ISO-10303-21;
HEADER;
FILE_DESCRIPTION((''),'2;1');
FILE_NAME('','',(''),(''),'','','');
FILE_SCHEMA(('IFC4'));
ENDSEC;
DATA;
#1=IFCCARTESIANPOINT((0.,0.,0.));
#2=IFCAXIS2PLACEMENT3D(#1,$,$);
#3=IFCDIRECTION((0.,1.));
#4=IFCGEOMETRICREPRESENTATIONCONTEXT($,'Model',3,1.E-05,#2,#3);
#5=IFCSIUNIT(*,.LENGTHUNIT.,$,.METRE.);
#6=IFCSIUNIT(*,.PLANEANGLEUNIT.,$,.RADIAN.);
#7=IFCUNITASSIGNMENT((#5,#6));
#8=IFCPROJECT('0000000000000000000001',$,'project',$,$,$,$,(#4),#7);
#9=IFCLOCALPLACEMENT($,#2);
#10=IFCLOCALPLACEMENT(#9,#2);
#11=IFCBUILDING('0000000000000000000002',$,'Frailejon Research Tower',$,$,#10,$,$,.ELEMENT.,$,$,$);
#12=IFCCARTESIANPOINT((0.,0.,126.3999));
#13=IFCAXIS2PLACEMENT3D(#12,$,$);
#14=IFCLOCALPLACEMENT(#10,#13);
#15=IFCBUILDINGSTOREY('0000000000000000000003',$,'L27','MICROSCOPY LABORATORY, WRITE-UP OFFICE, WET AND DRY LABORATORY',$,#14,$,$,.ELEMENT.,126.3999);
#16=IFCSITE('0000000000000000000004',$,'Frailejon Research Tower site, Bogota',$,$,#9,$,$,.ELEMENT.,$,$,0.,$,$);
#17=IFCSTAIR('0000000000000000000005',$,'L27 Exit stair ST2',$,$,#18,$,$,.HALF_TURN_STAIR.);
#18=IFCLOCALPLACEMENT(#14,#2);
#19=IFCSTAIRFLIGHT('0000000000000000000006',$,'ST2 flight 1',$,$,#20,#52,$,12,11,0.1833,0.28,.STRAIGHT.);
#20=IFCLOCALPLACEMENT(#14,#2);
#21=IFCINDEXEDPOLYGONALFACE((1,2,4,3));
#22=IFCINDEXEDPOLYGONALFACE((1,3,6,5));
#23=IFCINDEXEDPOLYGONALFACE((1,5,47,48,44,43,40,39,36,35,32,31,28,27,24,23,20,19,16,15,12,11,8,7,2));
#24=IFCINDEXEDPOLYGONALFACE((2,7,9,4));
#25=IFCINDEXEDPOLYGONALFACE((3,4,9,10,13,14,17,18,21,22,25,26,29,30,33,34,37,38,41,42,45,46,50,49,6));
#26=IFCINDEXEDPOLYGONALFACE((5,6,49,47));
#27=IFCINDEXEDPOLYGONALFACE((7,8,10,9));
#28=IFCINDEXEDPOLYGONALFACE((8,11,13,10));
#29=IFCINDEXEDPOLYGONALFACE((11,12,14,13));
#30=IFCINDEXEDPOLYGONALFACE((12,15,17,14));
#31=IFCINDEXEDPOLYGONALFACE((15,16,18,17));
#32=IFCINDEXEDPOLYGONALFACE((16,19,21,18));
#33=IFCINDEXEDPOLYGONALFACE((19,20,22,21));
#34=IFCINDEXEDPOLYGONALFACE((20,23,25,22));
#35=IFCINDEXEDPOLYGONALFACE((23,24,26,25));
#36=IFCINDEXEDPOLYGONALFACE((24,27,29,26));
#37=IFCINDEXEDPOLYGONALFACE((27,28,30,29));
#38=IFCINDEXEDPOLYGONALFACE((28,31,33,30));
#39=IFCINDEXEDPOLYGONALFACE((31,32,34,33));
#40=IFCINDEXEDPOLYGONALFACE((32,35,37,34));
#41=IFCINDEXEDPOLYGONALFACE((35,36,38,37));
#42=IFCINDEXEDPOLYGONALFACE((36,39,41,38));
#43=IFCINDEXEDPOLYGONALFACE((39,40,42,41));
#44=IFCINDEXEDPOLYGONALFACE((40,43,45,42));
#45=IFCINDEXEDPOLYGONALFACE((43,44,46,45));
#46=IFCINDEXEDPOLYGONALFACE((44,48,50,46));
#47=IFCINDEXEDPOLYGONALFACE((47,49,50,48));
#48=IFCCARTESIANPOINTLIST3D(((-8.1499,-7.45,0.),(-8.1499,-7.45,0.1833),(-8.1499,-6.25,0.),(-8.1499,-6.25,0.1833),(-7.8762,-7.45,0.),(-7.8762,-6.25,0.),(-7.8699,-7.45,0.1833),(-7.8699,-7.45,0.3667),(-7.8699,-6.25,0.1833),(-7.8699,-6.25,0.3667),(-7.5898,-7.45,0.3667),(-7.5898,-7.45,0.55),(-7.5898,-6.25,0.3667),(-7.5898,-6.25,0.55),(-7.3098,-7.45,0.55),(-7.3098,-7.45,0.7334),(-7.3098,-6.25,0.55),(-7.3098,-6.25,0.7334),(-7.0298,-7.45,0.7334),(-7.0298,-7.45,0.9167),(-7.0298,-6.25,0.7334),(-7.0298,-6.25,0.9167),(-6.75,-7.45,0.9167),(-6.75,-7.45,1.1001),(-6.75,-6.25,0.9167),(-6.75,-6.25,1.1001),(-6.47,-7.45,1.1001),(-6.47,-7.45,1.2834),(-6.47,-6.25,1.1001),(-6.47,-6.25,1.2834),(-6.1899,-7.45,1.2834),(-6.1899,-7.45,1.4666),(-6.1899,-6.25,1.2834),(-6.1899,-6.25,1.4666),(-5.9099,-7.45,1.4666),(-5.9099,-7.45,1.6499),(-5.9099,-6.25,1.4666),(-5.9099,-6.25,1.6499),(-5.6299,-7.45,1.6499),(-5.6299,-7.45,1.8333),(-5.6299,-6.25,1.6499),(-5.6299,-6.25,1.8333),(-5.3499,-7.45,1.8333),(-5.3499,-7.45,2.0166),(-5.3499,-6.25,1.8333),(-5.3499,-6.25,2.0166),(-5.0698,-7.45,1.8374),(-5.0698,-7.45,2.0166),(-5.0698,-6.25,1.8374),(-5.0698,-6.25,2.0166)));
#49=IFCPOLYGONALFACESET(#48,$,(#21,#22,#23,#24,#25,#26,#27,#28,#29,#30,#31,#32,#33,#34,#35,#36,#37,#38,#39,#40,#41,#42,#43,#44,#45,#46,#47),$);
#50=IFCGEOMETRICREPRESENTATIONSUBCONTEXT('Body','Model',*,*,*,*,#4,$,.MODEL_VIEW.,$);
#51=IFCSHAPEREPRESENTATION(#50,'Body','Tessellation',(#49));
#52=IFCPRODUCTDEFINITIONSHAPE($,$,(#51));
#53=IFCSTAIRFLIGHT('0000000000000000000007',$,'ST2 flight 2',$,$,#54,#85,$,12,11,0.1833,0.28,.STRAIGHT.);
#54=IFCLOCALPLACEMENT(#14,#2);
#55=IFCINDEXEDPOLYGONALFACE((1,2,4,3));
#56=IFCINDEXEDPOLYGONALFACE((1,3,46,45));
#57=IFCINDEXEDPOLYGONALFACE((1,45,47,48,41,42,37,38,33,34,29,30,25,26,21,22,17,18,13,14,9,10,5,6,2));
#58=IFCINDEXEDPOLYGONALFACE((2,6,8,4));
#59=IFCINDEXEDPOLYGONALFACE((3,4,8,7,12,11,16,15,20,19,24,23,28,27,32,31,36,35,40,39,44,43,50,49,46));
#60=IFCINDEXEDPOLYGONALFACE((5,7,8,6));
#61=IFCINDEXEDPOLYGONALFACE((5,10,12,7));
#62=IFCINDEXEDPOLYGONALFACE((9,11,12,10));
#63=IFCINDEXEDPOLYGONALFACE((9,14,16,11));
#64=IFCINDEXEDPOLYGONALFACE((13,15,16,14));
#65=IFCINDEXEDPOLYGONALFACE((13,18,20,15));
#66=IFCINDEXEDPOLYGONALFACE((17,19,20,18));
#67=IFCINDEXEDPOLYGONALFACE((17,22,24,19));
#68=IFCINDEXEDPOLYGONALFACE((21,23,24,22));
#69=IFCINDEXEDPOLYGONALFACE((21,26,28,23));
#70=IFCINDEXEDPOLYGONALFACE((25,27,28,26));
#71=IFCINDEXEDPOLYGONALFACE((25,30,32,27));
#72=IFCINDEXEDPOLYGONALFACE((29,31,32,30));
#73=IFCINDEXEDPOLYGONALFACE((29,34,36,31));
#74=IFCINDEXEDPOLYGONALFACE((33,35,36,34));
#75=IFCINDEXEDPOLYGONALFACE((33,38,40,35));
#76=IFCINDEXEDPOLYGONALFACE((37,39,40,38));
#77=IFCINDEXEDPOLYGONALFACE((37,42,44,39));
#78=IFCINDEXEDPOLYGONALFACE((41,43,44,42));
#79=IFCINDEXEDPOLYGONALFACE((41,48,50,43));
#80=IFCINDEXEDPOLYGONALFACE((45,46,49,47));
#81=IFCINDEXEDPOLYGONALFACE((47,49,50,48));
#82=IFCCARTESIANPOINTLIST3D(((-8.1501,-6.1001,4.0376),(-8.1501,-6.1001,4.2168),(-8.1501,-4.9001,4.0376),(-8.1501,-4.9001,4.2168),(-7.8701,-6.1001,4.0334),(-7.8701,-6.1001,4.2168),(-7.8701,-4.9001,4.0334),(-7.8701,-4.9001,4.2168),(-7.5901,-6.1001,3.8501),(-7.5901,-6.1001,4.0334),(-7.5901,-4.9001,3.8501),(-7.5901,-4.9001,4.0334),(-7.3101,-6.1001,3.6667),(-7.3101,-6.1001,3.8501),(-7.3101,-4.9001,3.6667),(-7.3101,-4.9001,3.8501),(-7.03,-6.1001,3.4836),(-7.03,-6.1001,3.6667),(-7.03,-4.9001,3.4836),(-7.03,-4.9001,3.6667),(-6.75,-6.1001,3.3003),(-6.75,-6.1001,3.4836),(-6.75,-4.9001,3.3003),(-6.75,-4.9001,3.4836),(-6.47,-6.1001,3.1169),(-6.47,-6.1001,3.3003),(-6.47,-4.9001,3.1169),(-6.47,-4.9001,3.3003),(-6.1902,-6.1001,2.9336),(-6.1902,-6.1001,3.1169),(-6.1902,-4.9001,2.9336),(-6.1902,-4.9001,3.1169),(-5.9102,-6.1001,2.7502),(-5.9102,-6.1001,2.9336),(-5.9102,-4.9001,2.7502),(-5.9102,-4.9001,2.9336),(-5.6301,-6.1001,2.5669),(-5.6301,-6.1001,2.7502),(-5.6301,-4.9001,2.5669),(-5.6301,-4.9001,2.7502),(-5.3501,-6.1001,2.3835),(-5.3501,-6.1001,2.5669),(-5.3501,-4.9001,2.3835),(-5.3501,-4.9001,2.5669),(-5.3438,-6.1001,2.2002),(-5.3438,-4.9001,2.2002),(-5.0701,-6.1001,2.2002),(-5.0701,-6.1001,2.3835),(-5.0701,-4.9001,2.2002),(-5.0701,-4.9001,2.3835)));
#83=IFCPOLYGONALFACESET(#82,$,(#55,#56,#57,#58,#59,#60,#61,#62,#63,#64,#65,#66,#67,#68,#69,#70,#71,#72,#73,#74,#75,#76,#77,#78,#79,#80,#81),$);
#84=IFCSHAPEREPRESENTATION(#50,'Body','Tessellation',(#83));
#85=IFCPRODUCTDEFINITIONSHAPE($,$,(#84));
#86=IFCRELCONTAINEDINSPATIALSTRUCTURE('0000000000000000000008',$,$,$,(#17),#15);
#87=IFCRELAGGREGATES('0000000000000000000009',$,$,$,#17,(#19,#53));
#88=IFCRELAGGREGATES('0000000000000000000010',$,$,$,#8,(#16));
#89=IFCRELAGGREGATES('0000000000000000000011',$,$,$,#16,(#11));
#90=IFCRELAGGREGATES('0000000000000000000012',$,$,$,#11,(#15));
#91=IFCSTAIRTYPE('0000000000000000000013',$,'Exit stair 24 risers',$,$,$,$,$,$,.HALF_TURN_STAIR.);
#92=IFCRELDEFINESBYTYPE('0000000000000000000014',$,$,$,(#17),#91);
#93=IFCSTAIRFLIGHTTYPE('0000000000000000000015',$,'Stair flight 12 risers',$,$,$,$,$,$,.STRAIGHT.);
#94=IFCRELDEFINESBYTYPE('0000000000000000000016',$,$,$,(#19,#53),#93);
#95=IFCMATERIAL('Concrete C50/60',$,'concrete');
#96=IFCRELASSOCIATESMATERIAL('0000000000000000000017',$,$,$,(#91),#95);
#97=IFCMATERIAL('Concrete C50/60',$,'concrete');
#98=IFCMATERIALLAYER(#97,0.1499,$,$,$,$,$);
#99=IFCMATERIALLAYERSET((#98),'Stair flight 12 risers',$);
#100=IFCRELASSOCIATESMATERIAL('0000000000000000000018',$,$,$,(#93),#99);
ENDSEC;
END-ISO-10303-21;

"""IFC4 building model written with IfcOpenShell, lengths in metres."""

from ifc_helpers import new_model, si_unit, direction, frame, origin, place, context, subcontext, project, spatial, polyline, outline, extrude, material, layer, layer_set, type_object, element, aggregate, save


model = new_model("IFC4")

# Units and contexts
model_context = context("Model", 3, precision=1e-05, world=origin(), true_north=direction((0.0, 1.0)))
body_context = subcontext(model_context, "Body", "Model", "MODEL_VIEW")
ifc_project = project(units=[si_unit("LENGTHUNIT", "METRE"), si_unit("PLANEANGLEUNIT", "RADIAN")], contexts=[model_context])

# Site, building, storey
site_placement = place(None, origin())
site = spatial("IfcSite", under=ifc_project, at=site_placement, Name="Frailejon Research Tower site, Bogota", CompositionType="ELEMENT", RefElevation=0.0)
building_placement = place(site_placement, origin())
building = spatial("IfcBuilding", under=site, at=building_placement, Name="Frailejon Research Tower", CompositionType="ELEMENT")
storey_placement = place(building_placement, frame((0.0, 0.0, 126.3999)))
storey = spatial("IfcBuildingStorey", under=building, at=storey_placement, Name="L27", Description="MICROSCOPY LABORATORY, WRITE-UP OFFICE, WET AND DRY LABORATORY", CompositionType="ELEMENT", Elevation=126.3999)

# Stair, stair flights
ifc_material_1 = material(Name="Concrete C50/60", Category="concrete")
stair_type = type_object("IfcStairType", Name="Exit stair 24 risers", PredefinedType="HALF_TURN_STAIR", material=ifc_material_1)
stair_placement = place(storey_placement, origin())
stair = element("IfcStair", 1, at=stair_placement, inside=storey, type_object=stair_type, Name="L27 Exit stair ST2", PredefinedType="HALF_TURN_STAIR")
ifc_material_2 = material(Name="Concrete C50/60", Category="concrete")
ifc_layer_1 = layer(ifc_material_2, 0.1499)
ifc_layer_set_1 = layer_set([ifc_layer_1], Name="Stair flight 12 risers")
stair_flight_type = type_object("IfcStairFlightType", Name="Stair flight 12 risers", PredefinedType="STRAIGHT", material=ifc_layer_set_1)
stair_flight_1_placement = place(storey_placement, frame((-8.1499, -6.8501, 0.0), z_axis=(0.0, 0.0, 1.0), x_axis=(1.0, 0.0, 0.0)))
stair_flight_1 = element("IfcStairFlight", 2, at=stair_flight_1_placement, type_object=stair_flight_type, Name="ST2 flight 1", NumberOfRisers=12, NumberOfTreads=11, PredefinedType="STRAIGHT", RiserHeight=0.1833, TreadLength=0.28, context=body_context, shape_type="SweptSolid", body=[
    extrude(outline(polyline([(0.0, 0.0), (0.0, 0.1833), (0.28, 0.1833), (0.28, 0.3667), (0.5601, 0.3667), (0.5601, 0.55), (0.8401, 0.55), (0.8401, 0.7334), (1.1201, 0.7334), (1.1201, 0.9167), (1.3999, 0.9167), (1.3999, 1.1001), (1.6799, 1.1001), (1.6799, 1.2834), (1.96, 1.2834), (1.96, 1.4666), (2.24, 1.4666), (2.24, 1.6499), (2.52, 1.6499), (2.52, 1.8333), (2.8, 1.8333), (2.8, 2.0166), (3.0801, 2.0166), (3.0801, 2.2), (3.0801, 1.8374), (0.2737, 0.0), (0.0, 0.0)])), frame((0.0, 0.6001, 0.0), z_axis=(0.0, -1.0, 0.0), x_axis=(1.0, 0.0, 0.0)), (0.0, 0.0, 1.0), 1.2),
])
stair_flight_2_placement = place(storey_placement, frame((-5.0701, -5.5, 2.2002), z_axis=(0.0, 0.0, 1.0), x_axis=(-1.0, 0.0, 0.0)))
stair_flight_2 = element("IfcStairFlight", 3, at=stair_flight_2_placement, type_object=stair_flight_type, Name="ST2 flight 2", NumberOfRisers=12, NumberOfTreads=11, PredefinedType="STRAIGHT", RiserHeight=0.1833, TreadLength=0.28, context=body_context, shape_type="SweptSolid", body=[
    extrude(outline(polyline([(0.0, 0.0), (0.0, 0.1833), (0.28, 0.1833), (0.28, 0.3667), (0.5601, 0.3667), (0.5601, 0.55), (0.8401, 0.55), (0.8401, 0.7334), (1.1201, 0.7334), (1.1201, 0.9167), (1.3999, 0.9167), (1.3999, 1.1001), (1.6799, 1.1001), (1.6799, 1.2834), (1.96, 1.2834), (1.96, 1.4666), (2.24, 1.4666), (2.24, 1.6499), (2.52, 1.6499), (2.52, 1.8333), (2.8, 1.8333), (2.8, 2.0166), (3.0801, 2.0166), (3.0801, 2.2), (3.0801, 1.8374), (0.2737, 0.0), (0.0, 0.0)])), frame((0.0, 0.6001, 0.0), z_axis=(0.0, -1.0, 0.0), x_axis=(1.0, 0.0, 0.0)), (0.0, 0.0, 1.0), 1.2),
])
aggregate(stair, [stair_flight_1, stair_flight_2])

save(model, "model.ifc")
